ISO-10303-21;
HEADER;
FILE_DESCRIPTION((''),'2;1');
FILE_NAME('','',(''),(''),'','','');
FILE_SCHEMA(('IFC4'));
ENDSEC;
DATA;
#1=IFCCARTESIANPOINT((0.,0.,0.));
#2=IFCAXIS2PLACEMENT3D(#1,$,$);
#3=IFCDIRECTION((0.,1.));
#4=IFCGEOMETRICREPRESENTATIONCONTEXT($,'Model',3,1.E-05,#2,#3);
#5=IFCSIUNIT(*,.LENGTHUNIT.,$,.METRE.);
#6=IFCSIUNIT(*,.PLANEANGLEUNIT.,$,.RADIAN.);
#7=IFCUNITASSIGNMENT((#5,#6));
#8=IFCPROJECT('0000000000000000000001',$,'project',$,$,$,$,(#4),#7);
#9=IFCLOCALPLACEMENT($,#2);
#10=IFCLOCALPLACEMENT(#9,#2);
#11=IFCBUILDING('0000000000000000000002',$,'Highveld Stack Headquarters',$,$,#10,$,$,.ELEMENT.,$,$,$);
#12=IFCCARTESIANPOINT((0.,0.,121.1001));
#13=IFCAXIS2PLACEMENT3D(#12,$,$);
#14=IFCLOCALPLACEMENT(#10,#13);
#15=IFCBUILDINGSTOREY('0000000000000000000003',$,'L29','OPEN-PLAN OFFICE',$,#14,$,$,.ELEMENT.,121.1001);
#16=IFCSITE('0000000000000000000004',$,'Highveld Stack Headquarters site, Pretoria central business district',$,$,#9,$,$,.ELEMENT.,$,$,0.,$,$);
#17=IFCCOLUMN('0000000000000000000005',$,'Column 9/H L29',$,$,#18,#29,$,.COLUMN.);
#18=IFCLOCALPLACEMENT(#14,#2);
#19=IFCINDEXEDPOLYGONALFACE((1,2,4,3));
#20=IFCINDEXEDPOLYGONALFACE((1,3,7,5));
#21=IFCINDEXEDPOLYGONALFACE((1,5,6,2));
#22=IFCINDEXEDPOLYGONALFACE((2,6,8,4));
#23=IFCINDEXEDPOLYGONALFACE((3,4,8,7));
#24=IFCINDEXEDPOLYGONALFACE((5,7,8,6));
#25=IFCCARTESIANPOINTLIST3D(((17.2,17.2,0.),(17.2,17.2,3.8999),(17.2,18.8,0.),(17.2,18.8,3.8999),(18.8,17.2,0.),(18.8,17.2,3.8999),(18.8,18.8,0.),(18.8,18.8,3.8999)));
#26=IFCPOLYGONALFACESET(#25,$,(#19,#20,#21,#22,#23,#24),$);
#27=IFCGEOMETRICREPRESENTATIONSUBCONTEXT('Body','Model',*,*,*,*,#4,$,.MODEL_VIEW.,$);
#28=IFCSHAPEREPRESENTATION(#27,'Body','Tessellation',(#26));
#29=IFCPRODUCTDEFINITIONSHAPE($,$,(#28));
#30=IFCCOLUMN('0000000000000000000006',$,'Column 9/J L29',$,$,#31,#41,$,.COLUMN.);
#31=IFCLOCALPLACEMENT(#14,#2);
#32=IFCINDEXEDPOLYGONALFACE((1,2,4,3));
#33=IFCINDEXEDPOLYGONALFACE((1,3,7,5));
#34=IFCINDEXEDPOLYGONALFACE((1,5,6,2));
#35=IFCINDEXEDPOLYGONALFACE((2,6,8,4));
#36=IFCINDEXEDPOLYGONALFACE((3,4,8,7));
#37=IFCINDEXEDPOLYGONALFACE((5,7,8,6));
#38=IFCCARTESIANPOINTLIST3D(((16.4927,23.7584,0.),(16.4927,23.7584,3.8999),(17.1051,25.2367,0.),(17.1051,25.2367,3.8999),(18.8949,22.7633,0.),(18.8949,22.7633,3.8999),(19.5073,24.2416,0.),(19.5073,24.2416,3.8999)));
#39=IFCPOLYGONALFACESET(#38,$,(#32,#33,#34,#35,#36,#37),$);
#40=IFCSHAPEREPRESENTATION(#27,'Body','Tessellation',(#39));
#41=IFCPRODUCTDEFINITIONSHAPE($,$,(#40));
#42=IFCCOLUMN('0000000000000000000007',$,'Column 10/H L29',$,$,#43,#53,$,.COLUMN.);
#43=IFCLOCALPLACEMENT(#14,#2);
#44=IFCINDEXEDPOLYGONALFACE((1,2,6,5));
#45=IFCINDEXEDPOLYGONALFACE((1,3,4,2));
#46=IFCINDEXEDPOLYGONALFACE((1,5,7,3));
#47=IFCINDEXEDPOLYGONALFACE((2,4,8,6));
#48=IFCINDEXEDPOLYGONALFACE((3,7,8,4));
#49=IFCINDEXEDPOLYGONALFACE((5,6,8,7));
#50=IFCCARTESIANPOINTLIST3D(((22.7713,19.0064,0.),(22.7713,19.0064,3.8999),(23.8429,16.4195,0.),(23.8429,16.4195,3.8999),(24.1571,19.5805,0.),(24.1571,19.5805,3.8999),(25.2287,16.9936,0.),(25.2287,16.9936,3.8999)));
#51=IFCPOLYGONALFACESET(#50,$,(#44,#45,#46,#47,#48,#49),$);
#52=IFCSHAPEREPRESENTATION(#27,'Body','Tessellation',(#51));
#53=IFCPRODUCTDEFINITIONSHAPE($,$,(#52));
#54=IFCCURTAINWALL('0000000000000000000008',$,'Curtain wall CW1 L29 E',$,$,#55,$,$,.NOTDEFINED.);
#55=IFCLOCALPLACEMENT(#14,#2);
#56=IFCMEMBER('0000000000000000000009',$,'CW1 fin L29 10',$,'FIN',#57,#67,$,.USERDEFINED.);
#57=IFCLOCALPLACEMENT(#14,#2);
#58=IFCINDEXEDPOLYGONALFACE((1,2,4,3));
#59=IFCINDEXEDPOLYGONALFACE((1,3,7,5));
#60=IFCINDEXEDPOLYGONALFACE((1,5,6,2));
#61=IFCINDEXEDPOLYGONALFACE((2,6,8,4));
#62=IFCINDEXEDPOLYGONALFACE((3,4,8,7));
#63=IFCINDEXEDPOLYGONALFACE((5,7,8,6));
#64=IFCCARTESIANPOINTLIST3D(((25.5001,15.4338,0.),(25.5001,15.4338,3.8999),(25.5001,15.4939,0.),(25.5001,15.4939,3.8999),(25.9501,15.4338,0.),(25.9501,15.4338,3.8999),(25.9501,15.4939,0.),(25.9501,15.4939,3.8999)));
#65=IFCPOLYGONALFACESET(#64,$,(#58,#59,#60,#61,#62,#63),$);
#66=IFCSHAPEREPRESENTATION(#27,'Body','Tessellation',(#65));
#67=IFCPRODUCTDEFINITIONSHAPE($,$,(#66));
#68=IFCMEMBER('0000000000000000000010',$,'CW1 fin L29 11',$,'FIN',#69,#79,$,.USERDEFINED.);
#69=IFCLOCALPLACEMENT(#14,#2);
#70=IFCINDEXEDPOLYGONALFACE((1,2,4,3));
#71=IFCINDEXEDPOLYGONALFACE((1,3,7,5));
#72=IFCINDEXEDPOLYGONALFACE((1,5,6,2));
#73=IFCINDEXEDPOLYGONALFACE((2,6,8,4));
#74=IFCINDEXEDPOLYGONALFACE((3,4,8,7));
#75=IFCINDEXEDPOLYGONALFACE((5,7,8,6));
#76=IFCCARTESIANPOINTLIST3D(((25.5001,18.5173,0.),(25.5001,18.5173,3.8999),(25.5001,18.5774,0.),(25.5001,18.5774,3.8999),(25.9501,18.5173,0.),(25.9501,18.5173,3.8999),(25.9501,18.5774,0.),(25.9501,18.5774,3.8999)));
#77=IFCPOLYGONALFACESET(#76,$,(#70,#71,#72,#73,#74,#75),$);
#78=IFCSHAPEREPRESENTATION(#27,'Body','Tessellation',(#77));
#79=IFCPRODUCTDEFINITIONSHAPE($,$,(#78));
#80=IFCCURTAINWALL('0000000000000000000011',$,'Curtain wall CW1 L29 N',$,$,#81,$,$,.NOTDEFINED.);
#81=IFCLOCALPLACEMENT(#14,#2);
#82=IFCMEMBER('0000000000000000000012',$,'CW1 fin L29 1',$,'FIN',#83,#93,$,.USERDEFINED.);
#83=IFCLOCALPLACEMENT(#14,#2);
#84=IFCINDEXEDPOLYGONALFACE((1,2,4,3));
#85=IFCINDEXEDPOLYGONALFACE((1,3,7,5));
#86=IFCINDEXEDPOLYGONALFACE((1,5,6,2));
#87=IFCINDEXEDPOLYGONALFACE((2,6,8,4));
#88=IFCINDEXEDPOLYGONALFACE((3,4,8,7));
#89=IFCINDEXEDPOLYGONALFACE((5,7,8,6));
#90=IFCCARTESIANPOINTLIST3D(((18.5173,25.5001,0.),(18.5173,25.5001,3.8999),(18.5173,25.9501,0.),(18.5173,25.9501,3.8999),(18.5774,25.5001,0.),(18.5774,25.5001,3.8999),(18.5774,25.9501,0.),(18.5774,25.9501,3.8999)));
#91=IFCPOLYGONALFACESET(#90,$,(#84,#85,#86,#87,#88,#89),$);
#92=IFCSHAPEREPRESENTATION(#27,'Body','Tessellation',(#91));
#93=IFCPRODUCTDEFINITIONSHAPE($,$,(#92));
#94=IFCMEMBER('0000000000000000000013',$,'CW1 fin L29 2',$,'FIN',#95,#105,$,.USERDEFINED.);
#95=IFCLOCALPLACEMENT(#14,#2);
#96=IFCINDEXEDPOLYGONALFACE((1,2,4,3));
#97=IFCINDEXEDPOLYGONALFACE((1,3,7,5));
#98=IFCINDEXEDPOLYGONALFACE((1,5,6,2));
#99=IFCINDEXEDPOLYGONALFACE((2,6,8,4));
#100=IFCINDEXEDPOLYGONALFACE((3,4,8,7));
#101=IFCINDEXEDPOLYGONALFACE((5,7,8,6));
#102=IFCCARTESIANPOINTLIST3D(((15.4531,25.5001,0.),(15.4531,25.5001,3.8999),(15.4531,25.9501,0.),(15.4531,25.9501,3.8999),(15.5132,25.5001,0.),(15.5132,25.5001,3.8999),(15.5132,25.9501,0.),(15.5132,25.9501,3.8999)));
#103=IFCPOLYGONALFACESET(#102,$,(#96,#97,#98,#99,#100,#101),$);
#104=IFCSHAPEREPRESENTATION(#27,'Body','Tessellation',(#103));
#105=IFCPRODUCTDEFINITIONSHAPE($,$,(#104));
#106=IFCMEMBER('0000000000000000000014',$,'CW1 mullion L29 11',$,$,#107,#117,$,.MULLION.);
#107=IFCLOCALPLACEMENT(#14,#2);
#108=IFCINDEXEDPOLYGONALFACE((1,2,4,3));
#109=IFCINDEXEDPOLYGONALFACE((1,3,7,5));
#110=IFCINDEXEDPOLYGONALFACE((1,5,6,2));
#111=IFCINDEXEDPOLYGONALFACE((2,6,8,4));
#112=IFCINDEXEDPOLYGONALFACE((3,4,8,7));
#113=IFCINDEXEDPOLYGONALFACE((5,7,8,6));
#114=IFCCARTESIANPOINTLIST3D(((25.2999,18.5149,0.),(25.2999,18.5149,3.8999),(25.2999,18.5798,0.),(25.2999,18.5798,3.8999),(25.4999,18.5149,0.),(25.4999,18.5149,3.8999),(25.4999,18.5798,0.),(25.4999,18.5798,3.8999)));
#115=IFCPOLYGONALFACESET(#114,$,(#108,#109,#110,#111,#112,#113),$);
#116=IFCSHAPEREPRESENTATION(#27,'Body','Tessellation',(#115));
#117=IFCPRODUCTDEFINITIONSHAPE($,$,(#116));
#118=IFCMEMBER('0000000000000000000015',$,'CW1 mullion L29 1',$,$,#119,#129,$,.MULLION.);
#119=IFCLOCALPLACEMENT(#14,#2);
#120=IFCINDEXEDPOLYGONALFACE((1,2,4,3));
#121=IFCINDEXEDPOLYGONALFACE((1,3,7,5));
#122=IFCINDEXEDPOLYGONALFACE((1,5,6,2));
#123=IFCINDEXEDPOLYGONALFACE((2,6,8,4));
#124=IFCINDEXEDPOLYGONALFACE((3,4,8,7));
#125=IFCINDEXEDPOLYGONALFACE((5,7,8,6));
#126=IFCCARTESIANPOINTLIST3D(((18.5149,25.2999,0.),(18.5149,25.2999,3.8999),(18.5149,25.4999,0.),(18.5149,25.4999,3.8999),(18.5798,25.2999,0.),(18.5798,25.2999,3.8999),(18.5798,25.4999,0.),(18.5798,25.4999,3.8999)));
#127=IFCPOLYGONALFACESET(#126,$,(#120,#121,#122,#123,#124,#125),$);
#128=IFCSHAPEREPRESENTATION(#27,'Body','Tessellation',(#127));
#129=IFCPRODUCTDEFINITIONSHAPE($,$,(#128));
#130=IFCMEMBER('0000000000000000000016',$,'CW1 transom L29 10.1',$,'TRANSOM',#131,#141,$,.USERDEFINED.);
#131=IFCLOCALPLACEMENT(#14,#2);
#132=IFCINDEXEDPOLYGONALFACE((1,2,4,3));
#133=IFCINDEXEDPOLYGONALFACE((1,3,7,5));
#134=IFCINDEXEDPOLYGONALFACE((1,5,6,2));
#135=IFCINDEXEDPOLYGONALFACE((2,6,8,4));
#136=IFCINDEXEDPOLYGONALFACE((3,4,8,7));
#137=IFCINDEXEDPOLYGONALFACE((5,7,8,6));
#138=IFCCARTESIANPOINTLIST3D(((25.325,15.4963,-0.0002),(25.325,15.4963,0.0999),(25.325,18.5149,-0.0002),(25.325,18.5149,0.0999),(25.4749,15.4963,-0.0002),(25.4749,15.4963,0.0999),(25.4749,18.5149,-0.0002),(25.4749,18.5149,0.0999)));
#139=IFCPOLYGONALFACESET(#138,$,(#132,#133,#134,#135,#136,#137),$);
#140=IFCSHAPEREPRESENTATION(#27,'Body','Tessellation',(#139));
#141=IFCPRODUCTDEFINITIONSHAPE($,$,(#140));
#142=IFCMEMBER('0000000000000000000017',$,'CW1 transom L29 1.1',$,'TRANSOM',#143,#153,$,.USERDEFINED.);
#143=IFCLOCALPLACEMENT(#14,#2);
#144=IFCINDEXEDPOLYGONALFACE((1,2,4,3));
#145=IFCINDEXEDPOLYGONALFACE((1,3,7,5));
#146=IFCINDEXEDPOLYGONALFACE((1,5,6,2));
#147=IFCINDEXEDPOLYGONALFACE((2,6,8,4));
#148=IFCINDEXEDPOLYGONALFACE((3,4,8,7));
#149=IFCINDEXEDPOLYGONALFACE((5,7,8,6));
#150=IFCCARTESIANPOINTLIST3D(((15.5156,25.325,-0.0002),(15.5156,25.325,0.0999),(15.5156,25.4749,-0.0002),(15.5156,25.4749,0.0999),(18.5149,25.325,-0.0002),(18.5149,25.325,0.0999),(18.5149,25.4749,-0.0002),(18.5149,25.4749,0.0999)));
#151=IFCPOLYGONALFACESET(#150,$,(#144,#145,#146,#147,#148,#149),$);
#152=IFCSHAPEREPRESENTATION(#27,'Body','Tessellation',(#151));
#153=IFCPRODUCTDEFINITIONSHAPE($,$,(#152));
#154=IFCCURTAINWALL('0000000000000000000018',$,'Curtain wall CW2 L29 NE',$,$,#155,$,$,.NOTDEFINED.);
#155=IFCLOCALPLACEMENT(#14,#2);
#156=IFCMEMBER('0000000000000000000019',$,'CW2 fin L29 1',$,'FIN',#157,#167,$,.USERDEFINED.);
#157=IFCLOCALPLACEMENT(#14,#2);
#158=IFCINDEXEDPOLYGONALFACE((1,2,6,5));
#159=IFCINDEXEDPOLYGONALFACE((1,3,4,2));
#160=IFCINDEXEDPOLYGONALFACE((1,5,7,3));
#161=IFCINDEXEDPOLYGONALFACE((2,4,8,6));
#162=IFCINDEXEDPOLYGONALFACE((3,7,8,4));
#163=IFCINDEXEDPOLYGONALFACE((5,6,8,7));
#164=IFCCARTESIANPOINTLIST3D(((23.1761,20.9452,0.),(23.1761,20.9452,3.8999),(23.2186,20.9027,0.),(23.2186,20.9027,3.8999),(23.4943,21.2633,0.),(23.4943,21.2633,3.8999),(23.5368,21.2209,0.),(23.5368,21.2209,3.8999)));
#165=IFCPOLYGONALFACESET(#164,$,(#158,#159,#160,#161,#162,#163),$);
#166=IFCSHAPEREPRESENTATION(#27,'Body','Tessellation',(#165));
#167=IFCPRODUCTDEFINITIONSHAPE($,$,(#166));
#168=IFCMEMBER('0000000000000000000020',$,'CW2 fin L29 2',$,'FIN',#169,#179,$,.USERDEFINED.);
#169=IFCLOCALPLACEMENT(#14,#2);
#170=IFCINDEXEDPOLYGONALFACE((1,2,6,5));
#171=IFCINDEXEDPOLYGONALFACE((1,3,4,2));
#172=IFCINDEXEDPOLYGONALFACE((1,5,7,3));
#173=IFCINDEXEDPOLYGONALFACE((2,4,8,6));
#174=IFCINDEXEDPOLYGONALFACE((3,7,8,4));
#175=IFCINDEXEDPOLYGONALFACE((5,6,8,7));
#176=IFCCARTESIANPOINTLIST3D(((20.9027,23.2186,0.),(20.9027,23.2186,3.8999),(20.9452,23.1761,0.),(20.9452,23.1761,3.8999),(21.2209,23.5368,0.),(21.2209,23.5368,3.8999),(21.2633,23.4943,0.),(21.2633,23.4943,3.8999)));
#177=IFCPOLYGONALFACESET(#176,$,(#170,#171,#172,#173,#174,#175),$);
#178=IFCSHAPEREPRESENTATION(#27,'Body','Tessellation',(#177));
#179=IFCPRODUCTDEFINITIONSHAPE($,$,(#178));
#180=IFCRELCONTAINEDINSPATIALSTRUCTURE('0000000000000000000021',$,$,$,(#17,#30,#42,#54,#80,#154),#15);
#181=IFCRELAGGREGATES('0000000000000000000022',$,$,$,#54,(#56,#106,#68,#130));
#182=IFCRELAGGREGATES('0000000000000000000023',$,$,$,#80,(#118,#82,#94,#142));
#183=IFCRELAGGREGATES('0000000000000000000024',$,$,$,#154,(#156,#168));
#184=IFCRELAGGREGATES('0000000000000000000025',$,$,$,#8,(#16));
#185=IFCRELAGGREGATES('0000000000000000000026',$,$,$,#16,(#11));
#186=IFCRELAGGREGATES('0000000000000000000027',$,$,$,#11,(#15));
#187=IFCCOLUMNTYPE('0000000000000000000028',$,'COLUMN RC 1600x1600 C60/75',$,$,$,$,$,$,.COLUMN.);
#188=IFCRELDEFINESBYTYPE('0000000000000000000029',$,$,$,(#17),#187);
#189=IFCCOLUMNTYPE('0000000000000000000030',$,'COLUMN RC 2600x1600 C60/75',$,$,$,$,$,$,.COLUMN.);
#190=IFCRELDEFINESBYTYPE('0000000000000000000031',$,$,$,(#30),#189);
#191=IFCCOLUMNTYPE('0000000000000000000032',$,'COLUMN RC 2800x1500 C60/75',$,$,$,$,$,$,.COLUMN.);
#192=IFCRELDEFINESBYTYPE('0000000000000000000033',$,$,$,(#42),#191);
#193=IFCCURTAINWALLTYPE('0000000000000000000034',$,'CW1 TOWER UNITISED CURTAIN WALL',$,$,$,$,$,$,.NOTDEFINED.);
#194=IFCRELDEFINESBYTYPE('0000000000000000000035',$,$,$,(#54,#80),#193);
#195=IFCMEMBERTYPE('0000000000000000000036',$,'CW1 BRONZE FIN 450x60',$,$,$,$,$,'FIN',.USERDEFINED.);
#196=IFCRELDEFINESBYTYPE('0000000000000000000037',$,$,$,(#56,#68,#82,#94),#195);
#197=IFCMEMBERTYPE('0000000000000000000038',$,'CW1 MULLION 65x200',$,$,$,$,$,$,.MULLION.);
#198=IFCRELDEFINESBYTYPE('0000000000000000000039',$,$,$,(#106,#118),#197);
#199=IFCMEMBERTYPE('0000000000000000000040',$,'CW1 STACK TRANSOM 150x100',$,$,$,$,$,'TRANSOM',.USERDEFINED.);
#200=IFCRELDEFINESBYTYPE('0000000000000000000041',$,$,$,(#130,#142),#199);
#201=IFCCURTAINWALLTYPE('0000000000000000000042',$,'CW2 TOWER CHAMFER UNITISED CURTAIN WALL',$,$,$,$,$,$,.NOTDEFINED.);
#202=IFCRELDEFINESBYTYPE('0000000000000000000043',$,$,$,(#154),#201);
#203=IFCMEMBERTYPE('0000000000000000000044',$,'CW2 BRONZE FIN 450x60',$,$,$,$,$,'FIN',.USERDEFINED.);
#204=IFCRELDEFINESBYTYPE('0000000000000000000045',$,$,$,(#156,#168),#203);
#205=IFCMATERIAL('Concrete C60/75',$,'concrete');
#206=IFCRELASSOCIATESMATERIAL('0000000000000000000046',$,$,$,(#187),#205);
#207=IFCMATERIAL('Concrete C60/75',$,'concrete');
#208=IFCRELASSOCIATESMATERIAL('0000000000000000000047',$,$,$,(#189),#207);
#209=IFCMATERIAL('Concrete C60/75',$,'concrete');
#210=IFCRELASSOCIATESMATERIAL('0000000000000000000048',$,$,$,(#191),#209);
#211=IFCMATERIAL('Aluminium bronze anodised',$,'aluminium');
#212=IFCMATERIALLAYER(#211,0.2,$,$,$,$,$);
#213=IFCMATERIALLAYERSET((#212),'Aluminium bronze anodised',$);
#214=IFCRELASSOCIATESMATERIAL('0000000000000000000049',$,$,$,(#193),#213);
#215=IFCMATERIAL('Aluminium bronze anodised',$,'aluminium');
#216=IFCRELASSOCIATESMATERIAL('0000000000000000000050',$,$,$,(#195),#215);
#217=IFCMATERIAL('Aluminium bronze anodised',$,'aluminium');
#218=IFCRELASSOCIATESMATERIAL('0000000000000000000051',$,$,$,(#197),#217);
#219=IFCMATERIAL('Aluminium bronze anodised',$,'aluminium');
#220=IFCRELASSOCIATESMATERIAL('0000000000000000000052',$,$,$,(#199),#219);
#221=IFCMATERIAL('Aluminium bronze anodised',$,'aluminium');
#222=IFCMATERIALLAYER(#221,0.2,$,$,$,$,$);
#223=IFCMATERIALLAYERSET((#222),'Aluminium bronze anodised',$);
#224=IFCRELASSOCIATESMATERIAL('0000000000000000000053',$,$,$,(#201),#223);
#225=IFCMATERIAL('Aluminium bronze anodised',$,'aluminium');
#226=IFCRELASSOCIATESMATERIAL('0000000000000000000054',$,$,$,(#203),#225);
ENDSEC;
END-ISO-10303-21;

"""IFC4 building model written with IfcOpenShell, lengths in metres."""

from ifc_helpers import new_model, si_unit, direction, frame, origin, origin_2d, place, context, subcontext, project, spatial, rectangle, extrude, material, layer, layer_set, material_profile, profile_set, type_object, element, aggregate, save


model = new_model("IFC4")

# Units and contexts
model_context = context("Model", 3, precision=1e-05, world=origin(), true_north=direction((0.0, 1.0)))
body_context = subcontext(model_context, "Body", "Model", "MODEL_VIEW")
ifc_project = project(units=[si_unit("LENGTHUNIT", "METRE"), si_unit("PLANEANGLEUNIT", "RADIAN")], contexts=[model_context])

# Site, building, storey
site_placement = place(None, origin())
site = spatial("IfcSite", under=ifc_project, at=site_placement, Name="Highveld Stack Headquarters site, Pretoria central business district", CompositionType="ELEMENT", RefElevation=0.0)
building_placement = place(site_placement, origin())
building = spatial("IfcBuilding", under=site, at=building_placement, Name="Highveld Stack Headquarters", CompositionType="ELEMENT")
storey_placement = place(building_placement, frame((0.0, 0.0, 121.1001)))
storey = spatial("IfcBuildingStorey", under=building, at=storey_placement, Name="L29", Description="OPEN-PLAN OFFICE", CompositionType="ELEMENT", Elevation=121.1001)

# Columns
ifc_material_1 = material(Name="Concrete C60/75", Category="concrete")
ifc_material_profile_1 = material_profile(ifc_material_1, rectangle(XDim=1.6001, YDim=1.6001, at=origin_2d()), Name="RC 1600x1600")
ifc_profile_set_1 = profile_set([ifc_material_profile_1], Name="Concrete C60/75")
column_type_1 = type_object("IfcColumnType", Name="COLUMN RC 1600x1600 C60/75", PredefinedType="COLUMN", material=ifc_profile_set_1)
column_1_placement = place(storey_placement, frame((18.0, 18.0, 0.0), z_axis=(0.0, 0.0, 1.0), x_axis=(1.0, 0.0, 0.0)))
element("IfcColumn", 1, at=column_1_placement, inside=storey, type_object=column_type_1, Name="Column 9/H L29", PredefinedType="COLUMN", context=body_context, shape_type="SweptSolid", body=[
    extrude(rectangle(XDim=1.6001, YDim=1.6001, at=origin_2d()), origin(), (0.0, 0.0, 1.0), 3.8999),
])
ifc_material_2 = material(Name="Concrete C60/75", Category="concrete")
ifc_material_profile_2 = material_profile(ifc_material_2, rectangle(XDim=2.6001, YDim=1.6001, at=origin_2d()), Name="RC 2600x1600")
ifc_profile_set_2 = profile_set([ifc_material_profile_2], Name="Concrete C60/75")
column_type_2 = type_object("IfcColumnType", Name="COLUMN RC 2600x1600 C60/75", PredefinedType="COLUMN", material=ifc_profile_set_2)
column_2_placement = place(storey_placement, frame((18.0, 24.0, 0.0), z_axis=(0.0, 0.0, 1.0), x_axis=(0.92388, -0.382683, 0.0)))
element("IfcColumn", 2, at=column_2_placement, inside=storey, type_object=column_type_2, Name="Column 9/J L29", PredefinedType="COLUMN", context=body_context, shape_type="SweptSolid", body=[
    extrude(rectangle(XDim=2.6001, YDim=1.6001, at=origin_2d()), origin(), (0.0, 0.0, 1.0), 3.8999),
])
ifc_material_3 = material(Name="Concrete C60/75", Category="concrete")
ifc_material_profile_3 = material_profile(ifc_material_3, rectangle(XDim=2.8, YDim=1.5, at=origin_2d()), Name="RC 2800x1500")
ifc_profile_set_3 = profile_set([ifc_material_profile_3], Name="Concrete C60/75")
column_type_3 = type_object("IfcColumnType", Name="COLUMN RC 2800x1500 C60/75", PredefinedType="COLUMN", material=ifc_profile_set_3)
column_3_placement = place(storey_placement, frame((24.0, 18.0, 0.0), z_axis=(0.0, 0.0, 1.0), x_axis=(0.382683, -0.92388, 0.0)))
element("IfcColumn", 3, at=column_3_placement, inside=storey, type_object=column_type_3, Name="Column 10/H L29", PredefinedType="COLUMN", context=body_context, shape_type="SweptSolid", body=[
    extrude(rectangle(XDim=2.8, YDim=1.5, at=origin_2d()), origin(), (0.0, 0.0, 1.0), 3.8999),
])

# Curtain walls, members
ifc_material_4 = material(Name="Aluminium bronze anodised", Category="aluminium")
ifc_layer_1 = layer(ifc_material_4, 0.2)
ifc_layer_set_1 = layer_set([ifc_layer_1], Name="Aluminium bronze anodised")
curtain_wall_type_1 = type_object("IfcCurtainWallType", Name="CW1 TOWER UNITISED CURTAIN WALL", PredefinedType="NOTDEFINED", material=ifc_layer_set_1)
curtain_wall_1_placement = place(storey_placement, origin())
curtain_wall_1 = element("IfcCurtainWall", 4, at=curtain_wall_1_placement, inside=storey, type_object=curtain_wall_type_1, Name="Curtain wall CW1 L29 E", PredefinedType="NOTDEFINED")
ifc_material_5 = material(Name="Aluminium bronze anodised", Category="aluminium")
ifc_material_profile_4 = material_profile(ifc_material_5, rectangle(XDim=0.45, YDim=0.0601, at=origin_2d()), Name="FIN 450x60")
ifc_profile_set_4 = profile_set([ifc_material_profile_4], Name="Aluminium bronze anodised")
member_type_1 = type_object("IfcMemberType", Name="CW1 BRONZE FIN 450x60", ElementType="FIN", PredefinedType="USERDEFINED", material=ifc_profile_set_4)
member_1_placement = place(storey_placement, frame((25.7251, 15.4639, 0.0), z_axis=(0.0, 0.0, 1.0), x_axis=(-1.0, 0.0, 0.0)))
member_1 = element("IfcMember", 5, at=member_1_placement, type_object=member_type_1, Name="CW1 fin L29 10", ObjectType="FIN", PredefinedType="USERDEFINED", context=body_context, shape_type="SweptSolid", body=[
    extrude(rectangle(XDim=0.45, YDim=0.0601, at=origin_2d()), origin(), (0.0, 0.0, 1.0), 3.8999),
])
member_2_placement = place(storey_placement, frame((25.7251, 18.5474, 0.0), z_axis=(0.0, 0.0, 1.0), x_axis=(-1.0, 0.0, 0.0)))
member_2 = element("IfcMember", 6, at=member_2_placement, type_object=member_type_1, Name="CW1 fin L29 11", ObjectType="FIN", PredefinedType="USERDEFINED", context=body_context, shape_type="SweptSolid", body=[
    extrude(rectangle(XDim=0.45, YDim=0.0601, at=origin_2d()), origin(), (0.0, 0.0, 1.0), 3.8999),
])
curtain_wall_2_placement = place(storey_placement, origin())
curtain_wall_2 = element("IfcCurtainWall", 7, at=curtain_wall_2_placement, inside=storey, type_object=curtain_wall_type_1, Name="Curtain wall CW1 L29 N", PredefinedType="NOTDEFINED")
member_3_placement = place(storey_placement, frame((18.5474, 25.7251, 0.0), z_axis=(0.0, 0.0, 1.0), x_axis=(0.0, -1.0, 0.0)))
member_3 = element("IfcMember", 8, at=member_3_placement, type_object=member_type_1, Name="CW1 fin L29 1", ObjectType="FIN", PredefinedType="USERDEFINED", context=body_context, shape_type="SweptSolid", body=[
    extrude(rectangle(XDim=0.45, YDim=0.0601, at=origin_2d()), origin(), (0.0, 0.0, 1.0), 3.8999),
])
member_4_placement = place(storey_placement, frame((15.4832, 25.7251, 0.0), z_axis=(0.0, 0.0, 1.0), x_axis=(0.0, -1.0, 0.0)))
member_4 = element("IfcMember", 9, at=member_4_placement, type_object=member_type_1, Name="CW1 fin L29 2", ObjectType="FIN", PredefinedType="USERDEFINED", context=body_context, shape_type="SweptSolid", body=[
    extrude(rectangle(XDim=0.45, YDim=0.0601, at=origin_2d()), origin(), (0.0, 0.0, 1.0), 3.8999),
])

# Members
ifc_material_6 = material(Name="Aluminium bronze anodised", Category="aluminium")
ifc_material_profile_5 = material_profile(ifc_material_6, rectangle(XDim=0.2, YDim=0.0649, at=origin_2d()), Name="CW1 MULLION 65x200")
ifc_profile_set_5 = profile_set([ifc_material_profile_5], Name="Aluminium bronze anodised")
member_type_2 = type_object("IfcMemberType", Name="CW1 MULLION 65x200", PredefinedType="MULLION", material=ifc_profile_set_5)
member_5_placement = place(storey_placement, frame((25.3999, 18.5474, 0.0), z_axis=(0.0, 0.0, 1.0), x_axis=(-1.0, 0.0, 0.0)))
member_5 = element("IfcMember", 10, at=member_5_placement, type_object=member_type_2, Name="CW1 mullion L29 11", PredefinedType="MULLION", context=body_context, shape_type="SweptSolid", body=[
    extrude(rectangle(XDim=0.2, YDim=0.0649, at=origin_2d()), origin(), (0.0, 0.0, 1.0), 3.8999),
])
member_6_placement = place(storey_placement, frame((18.5474, 25.3999, 0.0), z_axis=(0.0, 0.0, 1.0), x_axis=(0.0, -1.0, 0.0)))
member_6 = element("IfcMember", 11, at=member_6_placement, type_object=member_type_2, Name="CW1 mullion L29 1", PredefinedType="MULLION", context=body_context, shape_type="SweptSolid", body=[
    extrude(rectangle(XDim=0.2, YDim=0.0649, at=origin_2d()), origin(), (0.0, 0.0, 1.0), 3.8999),
])
ifc_material_7 = material(Name="Aluminium bronze anodised", Category="aluminium")
ifc_material_profile_6 = material_profile(ifc_material_7, rectangle(XDim=0.1499, YDim=0.1001, at=origin_2d()), Name="CW1 TRANSOM 150x100")
ifc_profile_set_6 = profile_set([ifc_material_profile_6], Name="Aluminium bronze anodised")
member_type_3 = type_object("IfcMemberType", Name="CW1 STACK TRANSOM 150x100", ElementType="TRANSOM", PredefinedType="USERDEFINED", material=ifc_profile_set_6)
member_7_placement = place(storey_placement, frame((25.3999, 15.4963, 0.0498), z_axis=(0.0, 1.0, 0.0), x_axis=(-1.0, 0.0, 0.0)))
member_7 = element("IfcMember", 12, at=member_7_placement, type_object=member_type_3, Name="CW1 transom L29 10.1", ObjectType="TRANSOM", PredefinedType="USERDEFINED", context=body_context, shape_type="SweptSolid", body=[
    extrude(rectangle(XDim=0.1499, YDim=0.1001, at=origin_2d()), origin(), (0.0, 0.0, 1.0), 3.0186),
])
member_8_placement = place(storey_placement, frame((18.5149, 25.3999, 0.0498), z_axis=(-1.0, 0.0, 0.0), x_axis=(0.0, -1.0, 0.0)))
member_8 = element("IfcMember", 13, at=member_8_placement, type_object=member_type_3, Name="CW1 transom L29 1.1", ObjectType="TRANSOM", PredefinedType="USERDEFINED", context=body_context, shape_type="SweptSolid", body=[
    extrude(rectangle(XDim=0.1499, YDim=0.1001, at=origin_2d()), origin(), (0.0, 0.0, 1.0), 2.9993),
])

# Curtain wall, members
ifc_material_8 = material(Name="Aluminium bronze anodised", Category="aluminium")
ifc_layer_2 = layer(ifc_material_8, 0.2)
ifc_layer_set_2 = layer_set([ifc_layer_2], Name="Aluminium bronze anodised")
curtain_wall_type_2 = type_object("IfcCurtainWallType", Name="CW2 TOWER CHAMFER UNITISED CURTAIN WALL", PredefinedType="NOTDEFINED", material=ifc_layer_set_2)
curtain_wall_3_placement = place(storey_placement, origin())
curtain_wall_3 = element("IfcCurtainWall", 14, at=curtain_wall_3_placement, inside=storey, type_object=curtain_wall_type_2, Name="Curtain wall CW2 L29 NE", PredefinedType="NOTDEFINED")
ifc_material_9 = material(Name="Aluminium bronze anodised", Category="aluminium")
ifc_material_profile_7 = material_profile(ifc_material_9, rectangle(XDim=0.45, YDim=0.0601, at=origin_2d()), Name="FIN 450x60")
ifc_profile_set_7 = profile_set([ifc_material_profile_7], Name="Aluminium bronze anodised")
member_type_4 = type_object("IfcMemberType", Name="CW2 BRONZE FIN 450x60", ElementType="FIN", PredefinedType="USERDEFINED", material=ifc_profile_set_7)
member_9_placement = place(storey_placement, frame((23.3564, 21.083, 0.0), z_axis=(0.0, 0.0, 1.0), x_axis=(-0.707107, -0.707107, 0.0)))
member_9 = element("IfcMember", 15, at=member_9_placement, type_object=member_type_4, Name="CW2 fin L29 1", ObjectType="FIN", PredefinedType="USERDEFINED", context=body_context, shape_type="SweptSolid", body=[
    extrude(rectangle(XDim=0.45, YDim=0.0601, at=origin_2d()), origin(), (0.0, 0.0, 1.0), 3.8999),
])
member_10_placement = place(storey_placement, frame((21.083, 23.3564, 0.0), z_axis=(0.0, 0.0, 1.0), x_axis=(-0.707107, -0.707107, 0.0)))
member_10 = element("IfcMember", 16, at=member_10_placement, type_object=member_type_4, Name="CW2 fin L29 2", ObjectType="FIN", PredefinedType="USERDEFINED", context=body_context, shape_type="SweptSolid", body=[
    extrude(rectangle(XDim=0.45, YDim=0.0601, at=origin_2d()), origin(), (0.0, 0.0, 1.0), 3.8999),
])

aggregate(curtain_wall_1, [member_1, member_5, member_2, member_7])
aggregate(curtain_wall_2, [member_6, member_3, member_4, member_8])
aggregate(curtain_wall_3, [member_9, member_10])

save(model, "model.ifc")
